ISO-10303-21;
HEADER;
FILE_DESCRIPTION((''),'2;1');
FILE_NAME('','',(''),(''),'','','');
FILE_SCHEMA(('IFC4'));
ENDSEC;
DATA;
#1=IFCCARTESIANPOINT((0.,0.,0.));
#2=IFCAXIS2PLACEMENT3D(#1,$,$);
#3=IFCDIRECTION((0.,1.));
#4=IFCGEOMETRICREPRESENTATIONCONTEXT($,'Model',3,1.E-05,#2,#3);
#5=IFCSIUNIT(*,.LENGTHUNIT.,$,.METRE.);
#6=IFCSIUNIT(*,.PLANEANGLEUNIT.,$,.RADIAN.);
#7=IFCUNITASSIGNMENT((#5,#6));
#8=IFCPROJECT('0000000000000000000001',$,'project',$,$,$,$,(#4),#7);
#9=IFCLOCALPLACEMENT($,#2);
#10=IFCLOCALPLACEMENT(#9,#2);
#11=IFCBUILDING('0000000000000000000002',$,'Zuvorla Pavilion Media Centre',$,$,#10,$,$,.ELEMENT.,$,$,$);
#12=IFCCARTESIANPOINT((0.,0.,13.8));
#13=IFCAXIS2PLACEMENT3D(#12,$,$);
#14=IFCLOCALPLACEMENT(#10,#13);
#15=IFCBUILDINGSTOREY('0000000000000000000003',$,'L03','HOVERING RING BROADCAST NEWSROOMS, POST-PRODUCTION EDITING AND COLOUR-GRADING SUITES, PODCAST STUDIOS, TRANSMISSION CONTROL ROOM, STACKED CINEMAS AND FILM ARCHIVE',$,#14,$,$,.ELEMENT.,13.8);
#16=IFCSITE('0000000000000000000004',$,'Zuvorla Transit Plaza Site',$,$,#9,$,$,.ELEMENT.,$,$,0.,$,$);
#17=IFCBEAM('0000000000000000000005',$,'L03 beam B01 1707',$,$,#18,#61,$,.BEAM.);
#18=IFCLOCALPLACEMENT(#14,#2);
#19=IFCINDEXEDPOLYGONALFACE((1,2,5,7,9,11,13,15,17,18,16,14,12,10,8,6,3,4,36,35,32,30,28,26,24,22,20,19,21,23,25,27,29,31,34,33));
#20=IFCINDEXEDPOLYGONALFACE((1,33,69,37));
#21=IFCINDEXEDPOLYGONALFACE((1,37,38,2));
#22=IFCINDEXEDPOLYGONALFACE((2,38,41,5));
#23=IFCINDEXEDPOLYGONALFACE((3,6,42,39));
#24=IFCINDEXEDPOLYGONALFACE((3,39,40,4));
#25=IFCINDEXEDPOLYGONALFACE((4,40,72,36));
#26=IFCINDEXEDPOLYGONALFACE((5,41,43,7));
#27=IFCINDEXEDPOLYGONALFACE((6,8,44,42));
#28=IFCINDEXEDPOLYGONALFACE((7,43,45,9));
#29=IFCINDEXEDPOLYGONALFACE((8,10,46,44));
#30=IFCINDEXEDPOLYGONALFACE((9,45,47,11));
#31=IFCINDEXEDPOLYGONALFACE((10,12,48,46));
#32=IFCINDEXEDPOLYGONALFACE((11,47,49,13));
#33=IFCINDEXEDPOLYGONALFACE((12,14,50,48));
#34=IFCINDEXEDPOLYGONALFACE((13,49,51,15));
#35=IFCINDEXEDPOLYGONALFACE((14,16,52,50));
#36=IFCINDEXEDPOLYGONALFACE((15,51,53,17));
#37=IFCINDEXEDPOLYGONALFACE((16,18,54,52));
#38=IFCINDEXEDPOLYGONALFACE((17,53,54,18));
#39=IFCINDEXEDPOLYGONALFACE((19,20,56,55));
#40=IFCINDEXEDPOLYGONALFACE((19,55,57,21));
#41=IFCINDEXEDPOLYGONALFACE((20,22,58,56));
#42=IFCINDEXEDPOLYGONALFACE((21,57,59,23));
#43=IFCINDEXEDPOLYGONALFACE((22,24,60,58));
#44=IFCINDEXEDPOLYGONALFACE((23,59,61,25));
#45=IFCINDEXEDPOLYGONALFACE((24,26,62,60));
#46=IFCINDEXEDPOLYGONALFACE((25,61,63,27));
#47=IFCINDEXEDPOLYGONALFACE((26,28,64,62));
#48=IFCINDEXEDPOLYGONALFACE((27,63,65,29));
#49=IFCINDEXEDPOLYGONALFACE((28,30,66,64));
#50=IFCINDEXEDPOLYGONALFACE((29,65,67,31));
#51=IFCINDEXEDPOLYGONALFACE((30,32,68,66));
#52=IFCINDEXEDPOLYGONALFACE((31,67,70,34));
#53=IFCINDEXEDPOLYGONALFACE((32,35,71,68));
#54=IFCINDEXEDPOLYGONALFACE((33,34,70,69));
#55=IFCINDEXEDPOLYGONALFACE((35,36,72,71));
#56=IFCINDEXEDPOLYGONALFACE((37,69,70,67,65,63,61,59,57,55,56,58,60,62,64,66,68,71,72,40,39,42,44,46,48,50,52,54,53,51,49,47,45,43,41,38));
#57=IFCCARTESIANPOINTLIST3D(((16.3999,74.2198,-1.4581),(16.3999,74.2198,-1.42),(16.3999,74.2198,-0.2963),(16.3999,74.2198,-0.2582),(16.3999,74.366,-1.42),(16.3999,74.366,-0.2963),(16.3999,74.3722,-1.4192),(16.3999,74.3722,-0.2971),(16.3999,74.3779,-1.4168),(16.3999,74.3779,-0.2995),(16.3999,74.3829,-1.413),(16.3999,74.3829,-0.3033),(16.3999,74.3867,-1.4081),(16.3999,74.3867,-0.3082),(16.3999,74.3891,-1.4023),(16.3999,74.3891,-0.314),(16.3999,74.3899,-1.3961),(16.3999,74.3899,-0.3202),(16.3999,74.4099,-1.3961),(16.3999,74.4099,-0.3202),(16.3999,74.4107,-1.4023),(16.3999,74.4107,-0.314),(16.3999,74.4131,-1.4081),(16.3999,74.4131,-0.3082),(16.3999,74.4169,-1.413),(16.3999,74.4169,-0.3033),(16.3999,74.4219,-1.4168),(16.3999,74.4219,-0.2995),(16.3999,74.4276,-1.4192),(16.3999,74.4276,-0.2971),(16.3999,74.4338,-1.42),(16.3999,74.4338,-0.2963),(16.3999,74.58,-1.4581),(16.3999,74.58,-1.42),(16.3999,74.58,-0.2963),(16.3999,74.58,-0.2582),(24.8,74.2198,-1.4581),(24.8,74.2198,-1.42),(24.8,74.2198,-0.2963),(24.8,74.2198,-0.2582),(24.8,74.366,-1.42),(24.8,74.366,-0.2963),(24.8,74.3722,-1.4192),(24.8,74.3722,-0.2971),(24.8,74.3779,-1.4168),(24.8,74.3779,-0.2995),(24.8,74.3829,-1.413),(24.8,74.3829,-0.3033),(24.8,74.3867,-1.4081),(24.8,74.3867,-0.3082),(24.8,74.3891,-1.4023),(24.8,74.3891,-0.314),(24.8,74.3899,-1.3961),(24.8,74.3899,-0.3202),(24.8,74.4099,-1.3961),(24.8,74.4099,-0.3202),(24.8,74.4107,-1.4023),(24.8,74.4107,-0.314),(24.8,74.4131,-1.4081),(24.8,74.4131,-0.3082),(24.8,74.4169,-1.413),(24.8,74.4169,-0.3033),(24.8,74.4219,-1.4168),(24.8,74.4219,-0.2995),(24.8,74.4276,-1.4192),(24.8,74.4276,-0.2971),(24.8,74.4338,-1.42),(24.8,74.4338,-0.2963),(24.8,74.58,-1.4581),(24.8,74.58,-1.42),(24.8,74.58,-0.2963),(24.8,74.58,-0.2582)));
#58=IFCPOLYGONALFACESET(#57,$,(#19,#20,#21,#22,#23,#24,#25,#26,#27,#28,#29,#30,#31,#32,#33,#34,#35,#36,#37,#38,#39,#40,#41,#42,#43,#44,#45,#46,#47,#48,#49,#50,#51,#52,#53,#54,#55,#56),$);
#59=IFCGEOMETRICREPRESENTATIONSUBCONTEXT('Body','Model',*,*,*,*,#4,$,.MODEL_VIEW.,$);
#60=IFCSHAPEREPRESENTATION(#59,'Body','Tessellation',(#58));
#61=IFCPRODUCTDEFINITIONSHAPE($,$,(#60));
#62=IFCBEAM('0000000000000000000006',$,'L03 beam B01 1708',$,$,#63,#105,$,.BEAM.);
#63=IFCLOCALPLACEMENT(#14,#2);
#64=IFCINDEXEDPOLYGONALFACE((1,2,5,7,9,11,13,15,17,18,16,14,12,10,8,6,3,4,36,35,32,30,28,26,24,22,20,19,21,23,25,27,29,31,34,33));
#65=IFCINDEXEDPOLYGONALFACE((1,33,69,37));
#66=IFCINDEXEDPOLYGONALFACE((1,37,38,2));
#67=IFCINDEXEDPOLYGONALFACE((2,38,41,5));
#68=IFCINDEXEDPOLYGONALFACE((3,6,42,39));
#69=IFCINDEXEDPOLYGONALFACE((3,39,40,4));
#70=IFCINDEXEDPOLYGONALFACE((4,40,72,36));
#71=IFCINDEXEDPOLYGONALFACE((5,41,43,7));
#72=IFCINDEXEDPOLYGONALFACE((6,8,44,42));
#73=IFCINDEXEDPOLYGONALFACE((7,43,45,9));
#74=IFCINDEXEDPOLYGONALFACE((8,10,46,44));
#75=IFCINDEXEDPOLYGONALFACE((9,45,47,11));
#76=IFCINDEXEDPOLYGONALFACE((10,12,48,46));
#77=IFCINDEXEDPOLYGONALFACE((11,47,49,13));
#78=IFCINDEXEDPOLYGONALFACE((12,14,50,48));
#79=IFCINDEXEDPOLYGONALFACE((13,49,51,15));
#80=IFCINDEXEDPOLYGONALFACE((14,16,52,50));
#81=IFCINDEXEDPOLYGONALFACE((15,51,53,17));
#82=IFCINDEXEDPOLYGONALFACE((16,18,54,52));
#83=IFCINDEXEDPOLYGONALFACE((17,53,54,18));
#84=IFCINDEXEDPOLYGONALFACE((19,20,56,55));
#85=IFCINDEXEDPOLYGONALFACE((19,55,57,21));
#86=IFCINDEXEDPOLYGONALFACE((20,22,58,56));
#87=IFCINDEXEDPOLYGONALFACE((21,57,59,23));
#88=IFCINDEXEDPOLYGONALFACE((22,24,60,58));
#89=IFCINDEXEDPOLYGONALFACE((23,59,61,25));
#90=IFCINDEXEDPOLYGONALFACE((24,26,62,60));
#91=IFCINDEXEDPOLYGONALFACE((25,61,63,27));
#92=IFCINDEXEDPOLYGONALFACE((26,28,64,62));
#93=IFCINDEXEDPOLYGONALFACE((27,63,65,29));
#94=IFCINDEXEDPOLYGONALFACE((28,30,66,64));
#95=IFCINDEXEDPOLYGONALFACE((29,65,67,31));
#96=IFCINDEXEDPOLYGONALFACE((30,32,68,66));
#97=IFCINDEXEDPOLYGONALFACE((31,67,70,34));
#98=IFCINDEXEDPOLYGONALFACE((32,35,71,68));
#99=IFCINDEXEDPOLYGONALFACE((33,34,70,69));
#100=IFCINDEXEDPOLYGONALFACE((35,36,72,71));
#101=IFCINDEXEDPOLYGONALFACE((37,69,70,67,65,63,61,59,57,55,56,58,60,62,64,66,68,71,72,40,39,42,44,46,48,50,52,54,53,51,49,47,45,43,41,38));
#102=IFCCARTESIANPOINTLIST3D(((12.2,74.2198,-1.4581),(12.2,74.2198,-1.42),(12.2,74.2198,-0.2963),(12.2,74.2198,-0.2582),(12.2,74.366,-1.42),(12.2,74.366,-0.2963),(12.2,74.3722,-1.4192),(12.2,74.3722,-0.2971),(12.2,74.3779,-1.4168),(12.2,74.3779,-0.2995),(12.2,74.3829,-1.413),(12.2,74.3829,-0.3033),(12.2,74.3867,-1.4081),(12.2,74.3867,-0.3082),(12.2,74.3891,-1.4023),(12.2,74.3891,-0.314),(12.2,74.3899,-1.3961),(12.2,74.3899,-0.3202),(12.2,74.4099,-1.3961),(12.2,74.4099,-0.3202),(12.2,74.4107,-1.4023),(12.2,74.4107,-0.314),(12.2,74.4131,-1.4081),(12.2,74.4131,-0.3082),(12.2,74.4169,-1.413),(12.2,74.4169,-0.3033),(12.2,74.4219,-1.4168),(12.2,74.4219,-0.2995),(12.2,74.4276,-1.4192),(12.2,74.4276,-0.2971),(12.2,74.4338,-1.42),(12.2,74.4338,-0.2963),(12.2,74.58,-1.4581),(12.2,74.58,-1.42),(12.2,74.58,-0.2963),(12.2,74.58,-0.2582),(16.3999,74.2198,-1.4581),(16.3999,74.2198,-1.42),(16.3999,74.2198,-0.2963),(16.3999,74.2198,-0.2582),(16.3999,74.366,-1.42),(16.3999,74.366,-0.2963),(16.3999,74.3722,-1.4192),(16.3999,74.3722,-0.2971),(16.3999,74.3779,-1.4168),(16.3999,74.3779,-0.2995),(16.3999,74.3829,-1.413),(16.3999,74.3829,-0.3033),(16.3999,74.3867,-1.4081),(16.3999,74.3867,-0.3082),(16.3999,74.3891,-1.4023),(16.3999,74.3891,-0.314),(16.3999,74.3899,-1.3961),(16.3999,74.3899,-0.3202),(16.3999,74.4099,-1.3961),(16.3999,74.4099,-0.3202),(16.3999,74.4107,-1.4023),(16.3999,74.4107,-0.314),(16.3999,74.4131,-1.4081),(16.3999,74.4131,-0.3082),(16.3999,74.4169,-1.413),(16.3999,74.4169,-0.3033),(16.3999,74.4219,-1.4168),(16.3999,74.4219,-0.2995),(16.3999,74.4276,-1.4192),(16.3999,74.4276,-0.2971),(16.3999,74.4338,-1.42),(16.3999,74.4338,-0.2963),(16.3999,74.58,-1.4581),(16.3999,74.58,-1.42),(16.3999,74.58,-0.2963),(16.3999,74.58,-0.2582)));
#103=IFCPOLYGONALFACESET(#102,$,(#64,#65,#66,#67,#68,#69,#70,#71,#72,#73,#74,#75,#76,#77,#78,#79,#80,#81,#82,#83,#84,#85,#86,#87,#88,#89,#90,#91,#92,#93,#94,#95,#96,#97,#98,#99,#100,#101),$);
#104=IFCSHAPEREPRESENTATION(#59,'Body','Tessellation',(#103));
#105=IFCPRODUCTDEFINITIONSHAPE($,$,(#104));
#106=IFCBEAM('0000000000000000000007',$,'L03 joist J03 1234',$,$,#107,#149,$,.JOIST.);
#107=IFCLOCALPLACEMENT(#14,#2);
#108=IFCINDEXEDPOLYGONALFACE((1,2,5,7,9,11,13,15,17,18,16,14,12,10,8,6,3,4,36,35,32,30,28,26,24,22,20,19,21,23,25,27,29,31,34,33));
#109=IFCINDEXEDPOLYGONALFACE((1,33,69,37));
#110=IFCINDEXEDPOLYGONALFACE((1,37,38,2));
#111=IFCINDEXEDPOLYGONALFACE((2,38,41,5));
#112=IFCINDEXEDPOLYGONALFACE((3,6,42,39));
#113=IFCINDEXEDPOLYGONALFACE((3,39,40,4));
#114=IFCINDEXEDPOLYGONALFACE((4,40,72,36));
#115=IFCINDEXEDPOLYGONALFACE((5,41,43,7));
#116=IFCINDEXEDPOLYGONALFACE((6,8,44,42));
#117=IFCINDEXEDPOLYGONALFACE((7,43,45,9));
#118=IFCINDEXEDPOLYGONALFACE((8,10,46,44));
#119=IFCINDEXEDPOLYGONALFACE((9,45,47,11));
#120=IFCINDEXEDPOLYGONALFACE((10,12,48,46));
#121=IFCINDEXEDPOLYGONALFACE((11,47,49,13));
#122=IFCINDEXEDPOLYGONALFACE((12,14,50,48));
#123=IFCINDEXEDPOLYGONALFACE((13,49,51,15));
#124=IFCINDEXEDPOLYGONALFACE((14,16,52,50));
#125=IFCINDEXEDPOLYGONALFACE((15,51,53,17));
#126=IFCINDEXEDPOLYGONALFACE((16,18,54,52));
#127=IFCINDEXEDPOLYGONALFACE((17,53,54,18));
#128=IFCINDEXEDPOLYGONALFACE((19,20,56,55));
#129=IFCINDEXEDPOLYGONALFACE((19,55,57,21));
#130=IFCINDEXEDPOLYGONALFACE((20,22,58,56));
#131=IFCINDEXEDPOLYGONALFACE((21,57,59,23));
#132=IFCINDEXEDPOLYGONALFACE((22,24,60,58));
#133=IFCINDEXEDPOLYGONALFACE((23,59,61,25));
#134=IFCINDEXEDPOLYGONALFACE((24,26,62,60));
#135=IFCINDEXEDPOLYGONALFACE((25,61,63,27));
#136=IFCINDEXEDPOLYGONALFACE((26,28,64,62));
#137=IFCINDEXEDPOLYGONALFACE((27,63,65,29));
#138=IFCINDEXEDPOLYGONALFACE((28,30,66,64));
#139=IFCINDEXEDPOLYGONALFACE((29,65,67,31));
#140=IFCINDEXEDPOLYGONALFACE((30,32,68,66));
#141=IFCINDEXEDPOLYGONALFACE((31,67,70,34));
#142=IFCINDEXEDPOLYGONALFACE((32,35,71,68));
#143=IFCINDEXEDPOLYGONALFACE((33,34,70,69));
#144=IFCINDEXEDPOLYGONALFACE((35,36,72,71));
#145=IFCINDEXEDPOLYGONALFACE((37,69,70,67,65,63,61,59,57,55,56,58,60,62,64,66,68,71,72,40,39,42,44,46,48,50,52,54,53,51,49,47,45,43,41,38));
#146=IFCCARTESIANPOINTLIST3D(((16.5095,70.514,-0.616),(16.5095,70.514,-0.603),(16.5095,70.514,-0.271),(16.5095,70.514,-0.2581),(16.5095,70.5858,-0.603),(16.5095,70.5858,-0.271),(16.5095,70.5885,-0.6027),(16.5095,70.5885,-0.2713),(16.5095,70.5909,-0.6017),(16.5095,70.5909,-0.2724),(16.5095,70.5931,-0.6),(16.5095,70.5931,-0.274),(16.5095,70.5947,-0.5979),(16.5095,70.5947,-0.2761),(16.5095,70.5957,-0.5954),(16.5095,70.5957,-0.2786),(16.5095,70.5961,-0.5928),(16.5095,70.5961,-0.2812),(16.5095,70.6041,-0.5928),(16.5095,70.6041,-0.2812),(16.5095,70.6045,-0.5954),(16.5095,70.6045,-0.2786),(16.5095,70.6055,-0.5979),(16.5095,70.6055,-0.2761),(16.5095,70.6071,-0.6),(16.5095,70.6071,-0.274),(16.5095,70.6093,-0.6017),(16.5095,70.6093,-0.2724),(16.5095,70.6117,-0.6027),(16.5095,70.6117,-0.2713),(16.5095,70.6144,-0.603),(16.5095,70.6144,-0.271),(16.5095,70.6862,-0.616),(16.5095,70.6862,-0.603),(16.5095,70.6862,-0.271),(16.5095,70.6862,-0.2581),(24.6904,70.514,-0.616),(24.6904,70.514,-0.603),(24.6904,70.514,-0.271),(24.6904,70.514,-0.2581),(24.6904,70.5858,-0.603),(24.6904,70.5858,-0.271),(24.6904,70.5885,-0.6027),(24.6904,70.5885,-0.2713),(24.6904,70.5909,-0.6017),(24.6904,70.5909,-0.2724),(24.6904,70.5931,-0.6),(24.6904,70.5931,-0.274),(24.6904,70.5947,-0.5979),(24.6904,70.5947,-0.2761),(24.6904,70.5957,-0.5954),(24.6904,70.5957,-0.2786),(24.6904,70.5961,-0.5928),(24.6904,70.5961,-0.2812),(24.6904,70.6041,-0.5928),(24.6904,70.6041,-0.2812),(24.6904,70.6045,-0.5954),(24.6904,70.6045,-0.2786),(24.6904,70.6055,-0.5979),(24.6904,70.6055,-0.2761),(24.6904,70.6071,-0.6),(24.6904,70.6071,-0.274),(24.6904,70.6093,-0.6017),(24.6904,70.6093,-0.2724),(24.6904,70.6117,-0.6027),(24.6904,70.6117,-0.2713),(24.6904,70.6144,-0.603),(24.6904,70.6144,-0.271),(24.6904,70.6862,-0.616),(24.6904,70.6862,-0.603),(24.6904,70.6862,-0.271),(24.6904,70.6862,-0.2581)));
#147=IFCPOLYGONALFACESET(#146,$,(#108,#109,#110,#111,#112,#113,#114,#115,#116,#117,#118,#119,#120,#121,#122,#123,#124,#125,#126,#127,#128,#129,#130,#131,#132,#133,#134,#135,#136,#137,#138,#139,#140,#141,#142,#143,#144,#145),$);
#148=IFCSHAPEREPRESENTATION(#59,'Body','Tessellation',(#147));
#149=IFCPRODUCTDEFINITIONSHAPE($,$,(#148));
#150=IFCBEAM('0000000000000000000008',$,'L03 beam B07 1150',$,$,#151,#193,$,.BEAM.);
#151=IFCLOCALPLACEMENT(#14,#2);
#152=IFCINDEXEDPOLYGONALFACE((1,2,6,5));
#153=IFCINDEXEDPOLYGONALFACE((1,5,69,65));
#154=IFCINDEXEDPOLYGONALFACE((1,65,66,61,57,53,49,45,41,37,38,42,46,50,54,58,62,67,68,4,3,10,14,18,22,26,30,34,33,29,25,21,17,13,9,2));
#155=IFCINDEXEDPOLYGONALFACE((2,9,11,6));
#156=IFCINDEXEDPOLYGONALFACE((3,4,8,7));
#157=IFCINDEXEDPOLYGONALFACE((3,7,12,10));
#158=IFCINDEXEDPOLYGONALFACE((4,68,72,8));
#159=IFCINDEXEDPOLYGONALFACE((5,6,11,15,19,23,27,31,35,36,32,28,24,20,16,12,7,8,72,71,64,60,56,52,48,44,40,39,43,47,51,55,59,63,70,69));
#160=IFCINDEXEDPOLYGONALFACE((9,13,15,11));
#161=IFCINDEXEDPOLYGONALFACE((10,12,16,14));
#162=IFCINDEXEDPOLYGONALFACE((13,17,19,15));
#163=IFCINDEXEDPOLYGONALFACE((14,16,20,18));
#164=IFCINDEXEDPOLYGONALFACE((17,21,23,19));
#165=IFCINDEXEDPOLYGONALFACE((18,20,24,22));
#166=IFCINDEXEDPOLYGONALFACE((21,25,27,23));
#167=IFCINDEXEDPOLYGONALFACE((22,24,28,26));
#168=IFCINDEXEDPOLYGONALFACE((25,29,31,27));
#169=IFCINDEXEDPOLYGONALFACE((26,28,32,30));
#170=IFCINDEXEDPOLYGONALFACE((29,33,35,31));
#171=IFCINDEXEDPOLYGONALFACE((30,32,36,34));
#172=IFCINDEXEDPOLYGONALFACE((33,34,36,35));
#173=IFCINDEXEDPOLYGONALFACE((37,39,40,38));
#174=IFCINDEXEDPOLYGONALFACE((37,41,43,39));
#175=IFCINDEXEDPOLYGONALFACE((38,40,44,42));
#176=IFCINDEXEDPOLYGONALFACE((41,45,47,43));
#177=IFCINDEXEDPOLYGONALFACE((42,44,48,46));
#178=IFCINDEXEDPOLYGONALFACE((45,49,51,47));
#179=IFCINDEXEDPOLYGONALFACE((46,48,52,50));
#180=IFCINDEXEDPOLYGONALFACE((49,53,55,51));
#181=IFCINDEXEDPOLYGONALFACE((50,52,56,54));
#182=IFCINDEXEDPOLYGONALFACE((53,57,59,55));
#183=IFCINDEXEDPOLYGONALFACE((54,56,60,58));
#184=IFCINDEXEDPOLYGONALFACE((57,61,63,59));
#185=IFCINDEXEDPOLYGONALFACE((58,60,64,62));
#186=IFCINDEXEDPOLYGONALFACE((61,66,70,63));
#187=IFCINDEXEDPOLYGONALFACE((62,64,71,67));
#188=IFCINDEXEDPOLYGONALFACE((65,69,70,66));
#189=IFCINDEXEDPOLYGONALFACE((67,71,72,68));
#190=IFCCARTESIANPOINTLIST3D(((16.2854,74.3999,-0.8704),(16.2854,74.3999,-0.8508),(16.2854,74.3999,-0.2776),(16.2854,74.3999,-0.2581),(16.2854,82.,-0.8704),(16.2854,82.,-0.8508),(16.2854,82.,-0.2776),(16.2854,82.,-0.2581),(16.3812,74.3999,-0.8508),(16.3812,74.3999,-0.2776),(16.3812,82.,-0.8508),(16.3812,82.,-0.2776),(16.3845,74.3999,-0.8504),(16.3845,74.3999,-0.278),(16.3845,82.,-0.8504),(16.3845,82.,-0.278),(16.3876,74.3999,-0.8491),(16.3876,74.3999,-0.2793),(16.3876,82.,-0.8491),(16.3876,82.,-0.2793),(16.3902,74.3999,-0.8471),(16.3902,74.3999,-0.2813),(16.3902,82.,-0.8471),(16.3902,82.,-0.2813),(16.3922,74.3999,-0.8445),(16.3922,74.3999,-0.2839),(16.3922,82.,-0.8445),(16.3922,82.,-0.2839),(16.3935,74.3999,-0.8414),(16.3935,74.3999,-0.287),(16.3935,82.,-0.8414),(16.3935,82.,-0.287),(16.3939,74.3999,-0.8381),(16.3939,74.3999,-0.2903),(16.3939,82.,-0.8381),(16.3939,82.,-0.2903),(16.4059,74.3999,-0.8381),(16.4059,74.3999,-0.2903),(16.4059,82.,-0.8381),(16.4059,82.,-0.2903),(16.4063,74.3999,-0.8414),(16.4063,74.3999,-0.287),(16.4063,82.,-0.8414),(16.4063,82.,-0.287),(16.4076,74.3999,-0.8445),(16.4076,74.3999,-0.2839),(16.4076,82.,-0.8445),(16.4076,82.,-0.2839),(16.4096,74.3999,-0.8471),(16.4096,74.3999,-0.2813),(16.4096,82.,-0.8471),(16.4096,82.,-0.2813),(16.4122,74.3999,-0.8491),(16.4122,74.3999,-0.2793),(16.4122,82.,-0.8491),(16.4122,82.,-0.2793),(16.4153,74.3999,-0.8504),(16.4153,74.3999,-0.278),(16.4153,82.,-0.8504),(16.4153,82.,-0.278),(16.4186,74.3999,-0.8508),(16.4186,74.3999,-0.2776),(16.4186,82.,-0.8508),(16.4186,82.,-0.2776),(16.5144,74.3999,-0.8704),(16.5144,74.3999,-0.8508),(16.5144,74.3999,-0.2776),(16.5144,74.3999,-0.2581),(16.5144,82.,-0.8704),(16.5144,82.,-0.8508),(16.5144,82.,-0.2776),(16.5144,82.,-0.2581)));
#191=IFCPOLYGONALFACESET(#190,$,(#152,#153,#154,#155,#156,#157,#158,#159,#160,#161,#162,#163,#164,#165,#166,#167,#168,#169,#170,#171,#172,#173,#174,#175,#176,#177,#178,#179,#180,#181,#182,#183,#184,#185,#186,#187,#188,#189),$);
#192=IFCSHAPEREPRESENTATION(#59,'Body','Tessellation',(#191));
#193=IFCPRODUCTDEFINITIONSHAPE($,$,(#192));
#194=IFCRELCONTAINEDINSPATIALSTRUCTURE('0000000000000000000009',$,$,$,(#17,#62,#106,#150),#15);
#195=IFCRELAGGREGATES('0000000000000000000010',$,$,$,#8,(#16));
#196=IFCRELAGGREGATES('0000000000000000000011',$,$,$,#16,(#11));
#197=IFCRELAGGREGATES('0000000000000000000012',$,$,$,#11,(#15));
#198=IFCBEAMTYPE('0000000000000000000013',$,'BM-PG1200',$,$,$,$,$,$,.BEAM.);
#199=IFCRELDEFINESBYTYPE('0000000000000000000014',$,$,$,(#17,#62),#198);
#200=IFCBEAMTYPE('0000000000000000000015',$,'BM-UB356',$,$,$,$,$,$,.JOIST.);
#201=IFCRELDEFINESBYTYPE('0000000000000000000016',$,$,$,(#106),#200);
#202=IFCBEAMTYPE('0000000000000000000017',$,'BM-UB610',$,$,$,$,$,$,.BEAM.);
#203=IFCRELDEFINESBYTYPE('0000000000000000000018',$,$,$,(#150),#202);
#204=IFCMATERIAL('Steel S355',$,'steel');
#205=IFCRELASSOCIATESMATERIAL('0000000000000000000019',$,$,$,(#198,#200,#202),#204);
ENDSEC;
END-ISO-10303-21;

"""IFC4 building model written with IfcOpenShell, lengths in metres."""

from ifc_helpers import new_model, si_unit, direction, frame, origin, origin_2d, place, context, subcontext, project, spatial, i_section, extrude, material, material_profile, profile_set, type_object, element, save


model = new_model("IFC4")

# Units and contexts
model_context = context("Model", 3, precision=1e-05, world=origin(), true_north=direction((0.0, 1.0)))
body_context = subcontext(model_context, "Body", "Model", "MODEL_VIEW")
ifc_project = project(units=[si_unit("LENGTHUNIT", "METRE"), si_unit("PLANEANGLEUNIT", "RADIAN")], contexts=[model_context])

# Site, building, storey
site_placement = place(None, origin())
site = spatial("IfcSite", under=ifc_project, at=site_placement, Name="Zuvorla Transit Plaza Site", CompositionType="ELEMENT", RefElevation=0.0)
building_placement = place(site_placement, origin())
building = spatial("IfcBuilding", under=site, at=building_placement, Name="Zuvorla Pavilion Media Centre", CompositionType="ELEMENT")
storey_placement = place(building_placement, frame((0.0, 0.0, 13.8)))
storey = spatial("IfcBuildingStorey", under=building, at=storey_placement, Name="L03", Description="HOVERING RING BROADCAST NEWSROOMS, POST-PRODUCTION EDITING AND COLOUR-GRADING SUITES, PODCAST STUDIOS, TRANSMISSION CONTROL ROOM, STACKED CINEMAS AND FILM ARCHIVE", CompositionType="ELEMENT", Elevation=13.8)

# Shared definitions
ifc_material_1 = material(Name="Steel S355", Category="steel")

# Beams
ifc_material_profile_1 = material_profile(ifc_material_1, i_section(OverallWidth=0.3601, OverallDepth=1.2, WebThickness=0.02, FlangeThickness=0.0381, FilletRadius=0.0239, at=origin_2d()), Name="PG 1200x360x38")
ifc_profile_set_1 = profile_set([ifc_material_profile_1], Name="Steel S355")
beam_type_1 = type_object("IfcBeamType", Name="BM-PG1200", PredefinedType="BEAM", material=ifc_profile_set_1)
for number, where, z_axis, x_axis, name in (
    (1, (24.8, 74.3999, -0.8582), (-1.0, 0.0, 0.0), (0.0, -1.0, 0.0), "L03 beam B01 1707"),
):
    element("IfcBeam", number, at=place(storey_placement, frame(where, z_axis=z_axis, x_axis=x_axis)), inside=storey, type_object=beam_type_1, Name=name, PredefinedType="BEAM", context=body_context, shape_type="SweptSolid", body=[
        extrude(i_section(OverallWidth=0.3601, OverallDepth=1.2, WebThickness=0.02, FlangeThickness=0.0381, FilletRadius=0.0239, at=origin_2d()), origin(), (0.0, 0.0, 1.0), 8.4001),
    ])
beam_1_placement = place(storey_placement, frame((16.3999, 74.3999, -0.8582), z_axis=(-1.0, 0.0, 0.0), x_axis=(0.0, -1.0, 0.0)))
element("IfcBeam", 2, at=beam_1_placement, inside=storey, type_object=beam_type_1, Name="L03 beam B01 1708", PredefinedType="BEAM", context=body_context, shape_type="SweptSolid", body=[
    extrude(i_section(OverallWidth=0.3601, OverallDepth=1.2, WebThickness=0.02, FlangeThickness=0.0381, FilletRadius=0.0239, at=origin_2d()), origin(), (0.0, 0.0, 1.0), 4.2),
])
ifc_material_profile_2 = material_profile(ifc_material_1, i_section(OverallWidth=0.1721, OverallDepth=0.3579, WebThickness=0.0081, FlangeThickness=0.0129, FilletRadius=0.0103, at=origin_2d()), Name="UB 356x171x57")
ifc_profile_set_2 = profile_set([ifc_material_profile_2], Name="Steel S355")
beam_type_2 = type_object("IfcBeamType", Name="BM-UB356", PredefinedType="JOIST", material=ifc_profile_set_2)
beam_2_placement = place(storey_placement, frame((16.5095, 70.6001, -0.437), z_axis=(1.0, 0.0, 0.0), x_axis=(0.0, 1.0, 0.0)))
element("IfcBeam", 3, at=beam_2_placement, inside=storey, type_object=beam_type_2, Name="L03 joist J03 1234", PredefinedType="JOIST", context=body_context, shape_type="SweptSolid", body=[
    extrude(i_section(OverallWidth=0.1721, OverallDepth=0.3579, WebThickness=0.0081, FlangeThickness=0.0129, FilletRadius=0.0103, at=origin_2d()), origin(), (0.0, 0.0, 1.0), 8.1809),
])
ifc_material_profile_3 = material_profile(ifc_material_1, i_section(OverallWidth=0.229, OverallDepth=0.6123, WebThickness=0.012, FlangeThickness=0.0195, FilletRadius=0.0127, at=origin_2d()), Name="UB 610x229x125")
ifc_profile_set_3 = profile_set([ifc_material_profile_3], Name="Steel S355")
beam_type_3 = type_object("IfcBeamType", Name="BM-UB610", PredefinedType="BEAM", material=ifc_profile_set_3)
beam_3_placement = place(storey_placement, frame((16.3999, 74.3999, -0.5642), z_axis=(0.0, 1.0, 0.0), x_axis=(-1.0, 0.0, 0.0)))
element("IfcBeam", 4, at=beam_3_placement, inside=storey, type_object=beam_type_3, Name="L03 beam B07 1150", PredefinedType="BEAM", context=body_context, shape_type="SweptSolid", body=[
    extrude(i_section(OverallWidth=0.229, OverallDepth=0.6123, WebThickness=0.012, FlangeThickness=0.0195, FilletRadius=0.0127, at=origin_2d()), origin(), (0.0, 0.0, 1.0), 7.6001),
])

save(model, "model.ifc")
